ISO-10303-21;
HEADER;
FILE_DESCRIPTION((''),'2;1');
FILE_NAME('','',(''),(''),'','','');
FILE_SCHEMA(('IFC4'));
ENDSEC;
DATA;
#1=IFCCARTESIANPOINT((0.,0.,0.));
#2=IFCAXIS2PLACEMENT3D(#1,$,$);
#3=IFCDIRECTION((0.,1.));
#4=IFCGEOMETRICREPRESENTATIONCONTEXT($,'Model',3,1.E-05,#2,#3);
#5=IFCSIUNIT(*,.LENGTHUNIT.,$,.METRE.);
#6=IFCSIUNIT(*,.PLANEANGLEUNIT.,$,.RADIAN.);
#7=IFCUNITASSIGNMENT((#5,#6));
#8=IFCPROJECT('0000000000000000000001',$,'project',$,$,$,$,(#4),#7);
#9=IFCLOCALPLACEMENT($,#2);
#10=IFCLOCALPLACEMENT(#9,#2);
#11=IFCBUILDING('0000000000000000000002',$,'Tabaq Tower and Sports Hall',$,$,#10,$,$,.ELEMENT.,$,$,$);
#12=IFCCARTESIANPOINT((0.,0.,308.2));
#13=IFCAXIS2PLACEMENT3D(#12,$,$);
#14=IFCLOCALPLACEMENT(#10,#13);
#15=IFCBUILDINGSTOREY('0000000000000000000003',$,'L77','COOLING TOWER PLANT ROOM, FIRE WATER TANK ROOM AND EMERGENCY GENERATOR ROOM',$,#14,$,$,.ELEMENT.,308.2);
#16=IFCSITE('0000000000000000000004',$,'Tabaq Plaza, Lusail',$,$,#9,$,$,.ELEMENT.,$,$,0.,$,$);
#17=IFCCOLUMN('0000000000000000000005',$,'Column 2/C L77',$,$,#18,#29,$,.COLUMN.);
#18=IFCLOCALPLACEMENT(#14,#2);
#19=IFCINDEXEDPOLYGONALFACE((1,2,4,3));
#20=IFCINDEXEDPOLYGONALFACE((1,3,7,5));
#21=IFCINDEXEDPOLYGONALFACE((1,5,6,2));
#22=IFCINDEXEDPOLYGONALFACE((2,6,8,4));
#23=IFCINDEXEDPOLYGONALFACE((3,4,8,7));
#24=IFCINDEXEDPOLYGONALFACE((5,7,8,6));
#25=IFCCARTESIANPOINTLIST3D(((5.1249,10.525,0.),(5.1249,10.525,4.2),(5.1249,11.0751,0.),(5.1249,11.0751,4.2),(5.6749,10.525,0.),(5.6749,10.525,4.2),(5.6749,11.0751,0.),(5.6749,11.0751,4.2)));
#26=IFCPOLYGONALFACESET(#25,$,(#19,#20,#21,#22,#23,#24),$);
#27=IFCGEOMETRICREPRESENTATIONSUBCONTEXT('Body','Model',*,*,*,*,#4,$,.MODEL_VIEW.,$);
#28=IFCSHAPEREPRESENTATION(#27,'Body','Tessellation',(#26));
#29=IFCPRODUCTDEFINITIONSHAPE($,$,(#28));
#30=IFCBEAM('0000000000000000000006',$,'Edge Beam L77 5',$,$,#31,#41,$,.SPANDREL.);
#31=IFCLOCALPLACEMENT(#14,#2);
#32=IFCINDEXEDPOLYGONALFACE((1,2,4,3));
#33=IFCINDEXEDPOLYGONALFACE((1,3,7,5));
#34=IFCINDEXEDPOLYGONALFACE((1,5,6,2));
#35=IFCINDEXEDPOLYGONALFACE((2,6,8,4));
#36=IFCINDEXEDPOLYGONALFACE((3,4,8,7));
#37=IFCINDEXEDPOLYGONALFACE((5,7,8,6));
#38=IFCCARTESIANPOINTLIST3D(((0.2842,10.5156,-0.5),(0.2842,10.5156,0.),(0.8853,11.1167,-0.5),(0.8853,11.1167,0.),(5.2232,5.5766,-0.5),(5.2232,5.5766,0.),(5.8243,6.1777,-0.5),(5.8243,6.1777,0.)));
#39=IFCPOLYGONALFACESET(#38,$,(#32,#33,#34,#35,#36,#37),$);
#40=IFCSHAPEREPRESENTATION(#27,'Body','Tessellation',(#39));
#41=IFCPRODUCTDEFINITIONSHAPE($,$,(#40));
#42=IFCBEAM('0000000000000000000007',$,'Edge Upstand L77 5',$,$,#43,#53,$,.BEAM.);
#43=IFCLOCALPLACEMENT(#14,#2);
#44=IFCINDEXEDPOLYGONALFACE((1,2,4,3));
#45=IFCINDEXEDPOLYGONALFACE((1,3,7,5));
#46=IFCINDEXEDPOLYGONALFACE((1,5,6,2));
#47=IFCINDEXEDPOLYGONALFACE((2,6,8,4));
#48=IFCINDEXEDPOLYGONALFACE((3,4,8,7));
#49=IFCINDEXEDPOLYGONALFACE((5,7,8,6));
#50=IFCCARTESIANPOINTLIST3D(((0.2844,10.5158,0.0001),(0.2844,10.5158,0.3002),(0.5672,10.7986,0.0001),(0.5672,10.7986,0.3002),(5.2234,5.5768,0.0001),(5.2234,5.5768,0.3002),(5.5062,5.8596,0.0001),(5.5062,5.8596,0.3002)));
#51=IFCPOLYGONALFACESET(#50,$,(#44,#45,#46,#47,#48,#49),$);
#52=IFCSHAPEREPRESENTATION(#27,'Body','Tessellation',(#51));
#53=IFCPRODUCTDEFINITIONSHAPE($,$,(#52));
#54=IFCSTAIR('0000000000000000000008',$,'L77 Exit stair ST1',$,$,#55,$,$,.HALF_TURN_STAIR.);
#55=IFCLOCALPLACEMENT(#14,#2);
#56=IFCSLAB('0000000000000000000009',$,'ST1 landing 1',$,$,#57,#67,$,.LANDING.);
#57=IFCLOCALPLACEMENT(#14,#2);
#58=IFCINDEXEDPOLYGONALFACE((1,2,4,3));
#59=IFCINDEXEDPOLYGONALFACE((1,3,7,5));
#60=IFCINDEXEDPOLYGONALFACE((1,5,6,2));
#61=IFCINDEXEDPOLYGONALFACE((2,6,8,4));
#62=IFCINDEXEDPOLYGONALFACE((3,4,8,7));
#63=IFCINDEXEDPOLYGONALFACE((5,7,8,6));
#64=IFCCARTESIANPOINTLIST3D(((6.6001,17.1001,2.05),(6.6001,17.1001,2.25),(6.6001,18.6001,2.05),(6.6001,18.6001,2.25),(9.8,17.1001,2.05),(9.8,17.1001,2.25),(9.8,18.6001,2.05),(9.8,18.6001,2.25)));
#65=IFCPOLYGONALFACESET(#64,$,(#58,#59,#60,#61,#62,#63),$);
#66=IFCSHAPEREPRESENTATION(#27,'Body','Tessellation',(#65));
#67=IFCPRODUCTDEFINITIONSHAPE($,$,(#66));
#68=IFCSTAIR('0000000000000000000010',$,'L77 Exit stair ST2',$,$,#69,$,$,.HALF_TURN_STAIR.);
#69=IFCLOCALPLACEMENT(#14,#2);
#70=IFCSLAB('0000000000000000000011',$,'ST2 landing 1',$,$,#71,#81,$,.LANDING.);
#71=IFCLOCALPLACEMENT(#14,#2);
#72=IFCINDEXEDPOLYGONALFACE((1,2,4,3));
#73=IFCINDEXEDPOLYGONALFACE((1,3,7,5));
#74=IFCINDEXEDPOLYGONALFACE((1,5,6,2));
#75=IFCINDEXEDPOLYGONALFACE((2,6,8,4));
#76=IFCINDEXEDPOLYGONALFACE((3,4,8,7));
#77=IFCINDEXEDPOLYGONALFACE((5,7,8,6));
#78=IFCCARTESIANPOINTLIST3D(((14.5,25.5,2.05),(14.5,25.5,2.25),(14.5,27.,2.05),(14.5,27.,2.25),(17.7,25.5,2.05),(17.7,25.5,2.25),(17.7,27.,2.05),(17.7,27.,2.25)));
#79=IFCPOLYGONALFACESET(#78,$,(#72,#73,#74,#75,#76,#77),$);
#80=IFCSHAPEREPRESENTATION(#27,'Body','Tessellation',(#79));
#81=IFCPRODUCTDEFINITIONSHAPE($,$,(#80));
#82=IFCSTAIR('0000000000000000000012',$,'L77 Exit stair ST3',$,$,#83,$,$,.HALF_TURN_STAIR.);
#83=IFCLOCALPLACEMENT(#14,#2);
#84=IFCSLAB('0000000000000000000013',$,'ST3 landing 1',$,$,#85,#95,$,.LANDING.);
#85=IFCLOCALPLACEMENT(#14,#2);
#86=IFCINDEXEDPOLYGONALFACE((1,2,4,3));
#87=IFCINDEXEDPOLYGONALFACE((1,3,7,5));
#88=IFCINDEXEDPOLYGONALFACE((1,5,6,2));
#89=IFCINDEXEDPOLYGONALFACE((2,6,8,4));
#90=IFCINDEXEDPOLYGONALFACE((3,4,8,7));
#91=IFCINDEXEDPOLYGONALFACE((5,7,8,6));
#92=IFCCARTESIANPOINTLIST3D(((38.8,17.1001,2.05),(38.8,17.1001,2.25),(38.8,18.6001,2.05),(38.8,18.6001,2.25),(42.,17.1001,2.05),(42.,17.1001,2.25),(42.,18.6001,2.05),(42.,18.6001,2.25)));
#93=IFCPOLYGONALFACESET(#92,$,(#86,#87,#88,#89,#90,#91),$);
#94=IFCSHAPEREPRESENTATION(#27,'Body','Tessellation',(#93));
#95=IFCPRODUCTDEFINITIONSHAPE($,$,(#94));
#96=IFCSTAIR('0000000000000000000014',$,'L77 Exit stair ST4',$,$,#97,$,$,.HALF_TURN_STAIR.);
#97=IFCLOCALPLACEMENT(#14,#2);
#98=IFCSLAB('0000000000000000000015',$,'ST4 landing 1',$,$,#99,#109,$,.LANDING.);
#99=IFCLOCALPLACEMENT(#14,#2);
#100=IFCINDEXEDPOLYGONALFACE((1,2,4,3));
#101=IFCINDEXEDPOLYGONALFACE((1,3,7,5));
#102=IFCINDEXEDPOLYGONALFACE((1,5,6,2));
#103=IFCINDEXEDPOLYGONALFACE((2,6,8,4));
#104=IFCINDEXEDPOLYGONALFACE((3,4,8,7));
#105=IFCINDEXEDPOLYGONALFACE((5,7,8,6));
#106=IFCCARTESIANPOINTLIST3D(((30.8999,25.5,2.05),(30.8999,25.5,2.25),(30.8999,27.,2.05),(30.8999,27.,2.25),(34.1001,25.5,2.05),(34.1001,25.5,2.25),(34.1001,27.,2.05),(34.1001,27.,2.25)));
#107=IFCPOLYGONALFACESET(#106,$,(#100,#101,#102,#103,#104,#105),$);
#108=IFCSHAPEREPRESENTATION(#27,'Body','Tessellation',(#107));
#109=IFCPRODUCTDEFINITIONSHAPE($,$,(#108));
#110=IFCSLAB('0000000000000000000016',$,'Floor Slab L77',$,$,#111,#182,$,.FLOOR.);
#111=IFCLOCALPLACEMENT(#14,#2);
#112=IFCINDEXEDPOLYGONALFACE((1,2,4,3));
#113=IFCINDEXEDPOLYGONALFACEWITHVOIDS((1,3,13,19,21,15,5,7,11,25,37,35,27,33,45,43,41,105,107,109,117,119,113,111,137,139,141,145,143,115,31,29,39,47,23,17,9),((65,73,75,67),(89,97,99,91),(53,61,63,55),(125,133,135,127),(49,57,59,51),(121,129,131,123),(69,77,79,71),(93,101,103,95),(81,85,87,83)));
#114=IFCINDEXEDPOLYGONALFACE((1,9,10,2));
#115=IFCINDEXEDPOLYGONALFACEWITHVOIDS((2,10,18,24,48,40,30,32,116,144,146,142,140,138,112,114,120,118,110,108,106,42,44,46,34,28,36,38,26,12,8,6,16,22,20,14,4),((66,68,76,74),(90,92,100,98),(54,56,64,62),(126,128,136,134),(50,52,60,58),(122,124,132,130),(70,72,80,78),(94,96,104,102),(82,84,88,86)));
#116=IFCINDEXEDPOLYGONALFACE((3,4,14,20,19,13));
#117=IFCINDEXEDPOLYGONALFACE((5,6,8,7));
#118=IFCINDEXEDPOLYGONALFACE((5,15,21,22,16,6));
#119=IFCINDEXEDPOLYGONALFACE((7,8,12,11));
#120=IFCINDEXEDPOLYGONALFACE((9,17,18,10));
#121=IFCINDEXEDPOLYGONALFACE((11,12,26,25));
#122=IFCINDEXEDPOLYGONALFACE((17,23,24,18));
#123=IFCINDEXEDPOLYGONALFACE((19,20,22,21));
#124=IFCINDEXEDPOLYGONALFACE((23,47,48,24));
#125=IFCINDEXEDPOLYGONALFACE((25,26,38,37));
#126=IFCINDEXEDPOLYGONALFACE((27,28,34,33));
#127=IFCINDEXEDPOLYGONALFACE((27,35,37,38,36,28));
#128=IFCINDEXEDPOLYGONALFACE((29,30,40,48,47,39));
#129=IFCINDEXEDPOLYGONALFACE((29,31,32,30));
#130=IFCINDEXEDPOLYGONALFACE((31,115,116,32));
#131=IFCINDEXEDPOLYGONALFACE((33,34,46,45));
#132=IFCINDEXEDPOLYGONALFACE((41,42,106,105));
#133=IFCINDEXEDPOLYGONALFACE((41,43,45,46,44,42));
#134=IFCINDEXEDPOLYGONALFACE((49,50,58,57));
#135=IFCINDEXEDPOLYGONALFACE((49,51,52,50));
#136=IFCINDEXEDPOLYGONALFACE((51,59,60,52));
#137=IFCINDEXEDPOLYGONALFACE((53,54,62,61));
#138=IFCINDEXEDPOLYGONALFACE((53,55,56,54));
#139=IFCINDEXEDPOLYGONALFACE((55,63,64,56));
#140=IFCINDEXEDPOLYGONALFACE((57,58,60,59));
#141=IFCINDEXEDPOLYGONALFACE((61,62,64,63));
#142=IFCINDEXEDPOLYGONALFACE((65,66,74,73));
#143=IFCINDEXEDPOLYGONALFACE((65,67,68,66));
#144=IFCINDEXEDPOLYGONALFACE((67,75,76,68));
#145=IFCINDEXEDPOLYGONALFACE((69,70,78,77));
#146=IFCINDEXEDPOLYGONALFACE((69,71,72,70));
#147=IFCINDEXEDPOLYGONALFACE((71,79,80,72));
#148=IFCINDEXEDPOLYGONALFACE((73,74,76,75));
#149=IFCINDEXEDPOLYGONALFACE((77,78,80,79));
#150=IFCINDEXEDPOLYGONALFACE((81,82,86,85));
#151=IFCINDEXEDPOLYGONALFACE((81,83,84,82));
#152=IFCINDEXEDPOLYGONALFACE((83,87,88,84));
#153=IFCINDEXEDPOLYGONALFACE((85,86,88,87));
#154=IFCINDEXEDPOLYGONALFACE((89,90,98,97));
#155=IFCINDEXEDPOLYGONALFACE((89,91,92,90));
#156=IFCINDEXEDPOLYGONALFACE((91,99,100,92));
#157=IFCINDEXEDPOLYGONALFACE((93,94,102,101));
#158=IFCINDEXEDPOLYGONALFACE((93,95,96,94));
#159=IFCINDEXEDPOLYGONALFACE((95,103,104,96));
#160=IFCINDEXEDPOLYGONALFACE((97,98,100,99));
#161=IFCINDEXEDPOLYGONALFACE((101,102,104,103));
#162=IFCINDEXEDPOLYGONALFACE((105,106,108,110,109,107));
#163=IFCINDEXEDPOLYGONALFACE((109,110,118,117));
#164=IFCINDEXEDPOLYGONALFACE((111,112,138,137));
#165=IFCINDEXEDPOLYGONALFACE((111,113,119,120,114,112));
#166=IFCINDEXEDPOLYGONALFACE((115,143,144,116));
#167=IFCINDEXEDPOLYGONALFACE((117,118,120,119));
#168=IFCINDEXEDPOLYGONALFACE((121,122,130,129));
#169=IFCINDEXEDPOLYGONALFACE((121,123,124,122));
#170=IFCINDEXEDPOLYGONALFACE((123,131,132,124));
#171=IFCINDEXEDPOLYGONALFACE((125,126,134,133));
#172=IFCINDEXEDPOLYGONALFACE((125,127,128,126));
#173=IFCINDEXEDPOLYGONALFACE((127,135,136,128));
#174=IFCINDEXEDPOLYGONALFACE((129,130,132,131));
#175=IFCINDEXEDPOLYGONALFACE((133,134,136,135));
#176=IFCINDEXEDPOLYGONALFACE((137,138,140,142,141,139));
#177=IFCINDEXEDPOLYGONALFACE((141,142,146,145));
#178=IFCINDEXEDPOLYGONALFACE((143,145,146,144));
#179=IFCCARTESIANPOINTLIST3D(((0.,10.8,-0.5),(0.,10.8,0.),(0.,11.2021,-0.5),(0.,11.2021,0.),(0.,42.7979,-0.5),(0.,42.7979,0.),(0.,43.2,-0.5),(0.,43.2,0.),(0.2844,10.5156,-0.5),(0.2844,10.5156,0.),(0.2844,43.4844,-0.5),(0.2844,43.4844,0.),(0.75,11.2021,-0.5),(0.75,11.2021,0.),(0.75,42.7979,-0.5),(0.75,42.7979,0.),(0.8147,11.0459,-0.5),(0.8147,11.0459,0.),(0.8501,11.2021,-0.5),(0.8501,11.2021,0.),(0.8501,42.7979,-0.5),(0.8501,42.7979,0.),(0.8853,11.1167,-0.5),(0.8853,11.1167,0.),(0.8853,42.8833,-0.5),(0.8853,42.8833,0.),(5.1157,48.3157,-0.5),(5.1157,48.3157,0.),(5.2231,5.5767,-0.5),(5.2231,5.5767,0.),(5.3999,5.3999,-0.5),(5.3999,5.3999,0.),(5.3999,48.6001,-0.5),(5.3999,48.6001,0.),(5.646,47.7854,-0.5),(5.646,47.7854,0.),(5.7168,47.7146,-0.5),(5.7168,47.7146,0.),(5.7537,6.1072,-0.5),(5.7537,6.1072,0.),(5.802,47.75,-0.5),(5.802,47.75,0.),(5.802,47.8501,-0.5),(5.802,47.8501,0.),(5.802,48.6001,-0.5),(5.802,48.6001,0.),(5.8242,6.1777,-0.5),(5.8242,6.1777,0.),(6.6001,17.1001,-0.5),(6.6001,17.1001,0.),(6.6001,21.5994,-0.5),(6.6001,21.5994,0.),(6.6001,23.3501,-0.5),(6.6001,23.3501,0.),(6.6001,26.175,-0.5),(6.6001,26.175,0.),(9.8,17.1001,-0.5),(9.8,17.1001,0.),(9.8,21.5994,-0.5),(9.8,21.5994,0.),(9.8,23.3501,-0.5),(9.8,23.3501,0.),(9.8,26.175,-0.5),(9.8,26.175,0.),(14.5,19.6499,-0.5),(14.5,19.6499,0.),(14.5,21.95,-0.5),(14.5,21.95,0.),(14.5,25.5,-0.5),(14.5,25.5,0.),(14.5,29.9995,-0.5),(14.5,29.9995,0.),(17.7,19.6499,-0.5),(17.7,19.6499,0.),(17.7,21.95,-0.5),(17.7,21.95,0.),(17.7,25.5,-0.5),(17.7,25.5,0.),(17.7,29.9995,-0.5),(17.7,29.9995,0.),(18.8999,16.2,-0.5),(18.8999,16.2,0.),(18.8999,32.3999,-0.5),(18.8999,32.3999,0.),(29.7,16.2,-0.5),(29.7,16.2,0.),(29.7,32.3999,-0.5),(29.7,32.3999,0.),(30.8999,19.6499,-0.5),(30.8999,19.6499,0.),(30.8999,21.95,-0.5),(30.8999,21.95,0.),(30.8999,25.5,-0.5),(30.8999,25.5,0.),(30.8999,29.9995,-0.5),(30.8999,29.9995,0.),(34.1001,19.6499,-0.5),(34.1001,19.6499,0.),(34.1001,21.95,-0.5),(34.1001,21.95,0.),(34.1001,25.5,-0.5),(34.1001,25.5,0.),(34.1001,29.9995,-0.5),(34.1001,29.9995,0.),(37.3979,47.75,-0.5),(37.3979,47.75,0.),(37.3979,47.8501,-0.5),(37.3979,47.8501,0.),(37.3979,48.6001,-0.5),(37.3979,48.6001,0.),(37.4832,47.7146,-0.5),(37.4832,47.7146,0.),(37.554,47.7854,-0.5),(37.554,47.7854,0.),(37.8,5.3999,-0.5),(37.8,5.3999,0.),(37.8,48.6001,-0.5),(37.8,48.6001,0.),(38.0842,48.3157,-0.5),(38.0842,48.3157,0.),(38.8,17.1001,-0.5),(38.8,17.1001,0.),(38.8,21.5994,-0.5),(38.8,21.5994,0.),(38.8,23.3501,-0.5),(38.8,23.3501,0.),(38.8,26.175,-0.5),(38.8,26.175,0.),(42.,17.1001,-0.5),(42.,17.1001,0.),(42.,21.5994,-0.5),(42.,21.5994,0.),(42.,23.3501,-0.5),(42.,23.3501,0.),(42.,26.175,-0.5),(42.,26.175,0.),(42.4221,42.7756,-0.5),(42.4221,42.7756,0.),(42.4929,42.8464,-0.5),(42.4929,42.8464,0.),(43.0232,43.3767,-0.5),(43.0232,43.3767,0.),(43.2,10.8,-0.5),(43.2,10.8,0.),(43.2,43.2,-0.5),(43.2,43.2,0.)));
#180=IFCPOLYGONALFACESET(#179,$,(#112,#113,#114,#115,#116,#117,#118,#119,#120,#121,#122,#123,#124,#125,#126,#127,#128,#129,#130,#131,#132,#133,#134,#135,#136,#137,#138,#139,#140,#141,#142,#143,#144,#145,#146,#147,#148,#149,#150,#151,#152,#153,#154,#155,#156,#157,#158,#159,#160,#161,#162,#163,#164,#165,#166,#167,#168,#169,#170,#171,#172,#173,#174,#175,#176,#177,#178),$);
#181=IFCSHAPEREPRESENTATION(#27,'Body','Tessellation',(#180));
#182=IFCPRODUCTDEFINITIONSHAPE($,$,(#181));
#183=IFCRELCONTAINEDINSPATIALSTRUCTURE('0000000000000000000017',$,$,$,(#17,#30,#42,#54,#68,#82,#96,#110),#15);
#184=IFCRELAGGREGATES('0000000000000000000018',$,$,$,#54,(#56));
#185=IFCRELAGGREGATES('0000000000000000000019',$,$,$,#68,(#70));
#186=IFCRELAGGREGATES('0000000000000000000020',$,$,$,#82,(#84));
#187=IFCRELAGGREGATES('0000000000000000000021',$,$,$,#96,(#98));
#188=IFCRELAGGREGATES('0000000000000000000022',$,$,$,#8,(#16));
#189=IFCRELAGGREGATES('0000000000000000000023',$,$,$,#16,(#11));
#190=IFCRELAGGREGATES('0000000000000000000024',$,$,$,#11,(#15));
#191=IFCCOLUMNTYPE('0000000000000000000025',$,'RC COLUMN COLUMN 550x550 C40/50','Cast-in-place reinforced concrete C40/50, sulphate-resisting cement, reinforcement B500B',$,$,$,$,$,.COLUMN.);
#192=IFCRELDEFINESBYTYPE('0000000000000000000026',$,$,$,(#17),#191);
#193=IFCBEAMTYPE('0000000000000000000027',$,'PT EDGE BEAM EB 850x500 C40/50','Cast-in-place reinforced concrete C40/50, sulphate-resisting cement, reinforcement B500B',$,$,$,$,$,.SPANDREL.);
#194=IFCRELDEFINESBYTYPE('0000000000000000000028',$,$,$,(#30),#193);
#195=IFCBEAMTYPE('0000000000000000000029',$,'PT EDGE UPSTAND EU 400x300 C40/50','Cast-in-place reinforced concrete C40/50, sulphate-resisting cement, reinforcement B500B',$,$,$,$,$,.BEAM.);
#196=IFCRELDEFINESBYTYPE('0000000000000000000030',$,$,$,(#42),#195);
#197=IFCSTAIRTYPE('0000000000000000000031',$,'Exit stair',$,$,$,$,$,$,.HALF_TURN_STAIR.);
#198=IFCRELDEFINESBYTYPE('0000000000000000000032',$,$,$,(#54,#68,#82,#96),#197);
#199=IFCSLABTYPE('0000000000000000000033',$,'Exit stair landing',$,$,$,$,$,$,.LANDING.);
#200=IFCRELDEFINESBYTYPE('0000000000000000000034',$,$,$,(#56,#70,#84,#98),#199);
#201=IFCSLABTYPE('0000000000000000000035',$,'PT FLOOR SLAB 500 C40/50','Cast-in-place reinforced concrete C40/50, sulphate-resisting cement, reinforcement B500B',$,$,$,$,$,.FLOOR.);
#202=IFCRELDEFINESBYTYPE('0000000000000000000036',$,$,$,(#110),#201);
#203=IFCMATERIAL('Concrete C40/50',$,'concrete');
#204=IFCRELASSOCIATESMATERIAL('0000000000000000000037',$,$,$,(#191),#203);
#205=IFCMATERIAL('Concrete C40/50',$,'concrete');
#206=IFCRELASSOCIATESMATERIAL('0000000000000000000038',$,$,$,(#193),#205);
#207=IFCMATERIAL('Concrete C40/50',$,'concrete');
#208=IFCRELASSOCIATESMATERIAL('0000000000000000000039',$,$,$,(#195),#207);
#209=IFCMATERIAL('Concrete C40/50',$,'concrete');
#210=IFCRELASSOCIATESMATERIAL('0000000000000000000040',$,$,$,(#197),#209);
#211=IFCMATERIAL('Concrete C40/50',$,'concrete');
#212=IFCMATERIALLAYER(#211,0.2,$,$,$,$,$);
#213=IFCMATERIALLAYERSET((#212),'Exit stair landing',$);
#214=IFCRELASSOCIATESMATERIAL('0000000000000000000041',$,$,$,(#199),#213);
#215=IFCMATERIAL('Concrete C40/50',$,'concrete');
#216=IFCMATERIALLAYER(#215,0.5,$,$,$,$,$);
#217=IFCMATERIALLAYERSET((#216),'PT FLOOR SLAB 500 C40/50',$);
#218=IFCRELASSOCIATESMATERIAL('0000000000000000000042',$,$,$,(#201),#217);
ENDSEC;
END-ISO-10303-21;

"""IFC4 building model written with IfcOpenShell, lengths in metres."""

from ifc_helpers import new_model, si_unit, direction, frame, origin, origin_2d, place, context, subcontext, project, spatial, polyline, rectangle, outline, extrude, material, layer, layer_set, material_profile, profile_set, type_object, element, aggregate, save


model = new_model("IFC4")

# Units and contexts
model_context = context("Model", 3, precision=1e-05, world=origin(), true_north=direction((0.0, 1.0)))
body_context = subcontext(model_context, "Body", "Model", "MODEL_VIEW")
ifc_project = project(units=[si_unit("LENGTHUNIT", "METRE"), si_unit("PLANEANGLEUNIT", "RADIAN")], contexts=[model_context])

# Site, building, storey
site_placement = place(None, origin())
site = spatial("IfcSite", under=ifc_project, at=site_placement, Name="Tabaq Plaza, Lusail", CompositionType="ELEMENT", RefElevation=0.0)
building_placement = place(site_placement, origin())
building = spatial("IfcBuilding", under=site, at=building_placement, Name="Tabaq Tower and Sports Hall", CompositionType="ELEMENT")
storey_placement = place(building_placement, frame((0.0, 0.0, 308.2)))
storey = spatial("IfcBuildingStorey", under=building, at=storey_placement, Name="L77", Description="COOLING TOWER PLANT ROOM, FIRE WATER TANK ROOM AND EMERGENCY GENERATOR ROOM", CompositionType="ELEMENT", Elevation=308.2)

# Column
ifc_material_1 = material(Name="Concrete C40/50", Category="concrete")
ifc_material_profile_1 = material_profile(ifc_material_1, rectangle(XDim=0.55, YDim=0.55, at=origin_2d()), Name="COLUMN 550x550")
ifc_profile_set_1 = profile_set([ifc_material_profile_1], Name="Concrete C40/50")
column_type = type_object("IfcColumnType", Name="RC COLUMN COLUMN 550x550 C40/50", Description="Cast-in-place reinforced concrete C40/50, sulphate-resisting cement, reinforcement B500B", PredefinedType="COLUMN", material=ifc_profile_set_1)
column_placement = place(storey_placement, frame((5.3999, 10.8, 0.0), z_axis=(0.0, 0.0, 1.0), x_axis=(1.0, 0.0, 0.0)))
element("IfcColumn", 1, at=column_placement, inside=storey, type_object=column_type, Name="Column 2/C L77", PredefinedType="COLUMN", context=body_context, shape_type="SweptSolid", body=[
    extrude(rectangle(XDim=0.55, YDim=0.55, at=origin_2d()), origin(), (0.0, 0.0, 1.0), 4.2),
])

# Beams
ifc_material_2 = material(Name="Concrete C40/50", Category="concrete")
ifc_material_profile_2 = material_profile(ifc_material_2, rectangle(XDim=0.8501, YDim=0.5, at=origin_2d()), Name="EB 850x500")
ifc_profile_set_2 = profile_set([ifc_material_profile_2], Name="Concrete C40/50")
beam_type_1 = type_object("IfcBeamType", Name="PT EDGE BEAM EB 850x500 C40/50", Description="Cast-in-place reinforced concrete C40/50, sulphate-resisting cement, reinforcement B500B", PredefinedType="SPANDREL", material=ifc_profile_set_2)
beam_1_placement = place(storey_placement, frame((0.5847, 10.8162, -0.25), z_axis=(0.707107, -0.707107, 0.0), x_axis=(0.707107, 0.707107, 0.0)))
element("IfcBeam", 2, at=beam_1_placement, inside=storey, type_object=beam_type_1, Name="Edge Beam L77 5", PredefinedType="SPANDREL", context=body_context, shape_type="SweptSolid", body=[
    extrude(rectangle(XDim=0.8501, YDim=0.5, at=origin_2d()), origin(), (0.0, 0.0, 1.0), 6.9849),
])
ifc_material_3 = material(Name="Concrete C40/50", Category="concrete")
ifc_material_profile_3 = material_profile(ifc_material_3, rectangle(XDim=0.3999, YDim=0.3, at=origin_2d()), Name="EU 400x300")
ifc_profile_set_3 = profile_set([ifc_material_profile_3], Name="Concrete C40/50")
beam_type_2 = type_object("IfcBeamType", Name="PT EDGE UPSTAND EU 400x300 C40/50", Description="Cast-in-place reinforced concrete C40/50, sulphate-resisting cement, reinforcement B500B", PredefinedType="BEAM", material=ifc_profile_set_3)
beam_2_placement = place(storey_placement, frame((0.4258, 10.6572, 0.1501), z_axis=(0.707107, -0.707107, 0.0), x_axis=(0.707107, 0.707107, 0.0)))
element("IfcBeam", 3, at=beam_2_placement, inside=storey, type_object=beam_type_2, Name="Edge Upstand L77 5", PredefinedType="BEAM", context=body_context, shape_type="SweptSolid", body=[
    extrude(rectangle(XDim=0.3999, YDim=0.3, at=origin_2d()), origin(), (0.0, 0.0, 1.0), 6.9849),
])

# Stairs, slabs
ifc_material_4 = material(Name="Concrete C40/50", Category="concrete")
stair_type = type_object("IfcStairType", Name="Exit stair", PredefinedType="HALF_TURN_STAIR", material=ifc_material_4)
stair_1_placement = place(storey_placement, origin())
stair_1 = element("IfcStair", 4, at=stair_1_placement, inside=storey, type_object=stair_type, Name="L77 Exit stair ST1", PredefinedType="HALF_TURN_STAIR")
ifc_material_5 = material(Name="Concrete C40/50", Category="concrete")
ifc_layer_1 = layer(ifc_material_5, 0.2)
ifc_layer_set_1 = layer_set([ifc_layer_1], Name="Exit stair landing")
slab_type_1 = type_object("IfcSlabType", Name="Exit stair landing", PredefinedType="LANDING", material=ifc_layer_set_1)
slab_1_placement = place(storey_placement, frame((0.0, 0.0, 2.05)))
slab_1 = element("IfcSlab", 5, at=slab_1_placement, type_object=slab_type_1, Name="ST1 landing 1", PredefinedType="LANDING", context=body_context, shape_type="SweptSolid", body=[
    extrude(outline(polyline([(6.6001, 18.6001), (6.6001, 17.1001), (9.8, 17.1001), (9.8, 18.6001), (6.6001, 18.6001)])), origin(), (0.0, 0.0, 1.0), 0.2),
])
aggregate(stair_1, [slab_1])
stair_2_placement = place(storey_placement, origin())
stair_2 = element("IfcStair", 6, at=stair_2_placement, inside=storey, type_object=stair_type, Name="L77 Exit stair ST2", PredefinedType="HALF_TURN_STAIR")
slab_2_placement = place(storey_placement, frame((0.0, 0.0, 2.05)))
slab_2 = element("IfcSlab", 7, at=slab_2_placement, type_object=slab_type_1, Name="ST2 landing 1", PredefinedType="LANDING", context=body_context, shape_type="SweptSolid", body=[
    extrude(outline(polyline([(14.5, 27.0), (14.5, 25.5), (17.7, 25.5), (17.7, 27.0), (14.5, 27.0)])), origin(), (0.0, 0.0, 1.0), 0.2),
])
aggregate(stair_2, [slab_2])
stair_3_placement = place(storey_placement, origin())
stair_3 = element("IfcStair", 8, at=stair_3_placement, inside=storey, type_object=stair_type, Name="L77 Exit stair ST3", PredefinedType="HALF_TURN_STAIR")
slab_3_placement = place(storey_placement, frame((0.0, 0.0, 2.05)))
slab_3 = element("IfcSlab", 9, at=slab_3_placement, type_object=slab_type_1, Name="ST3 landing 1", PredefinedType="LANDING", context=body_context, shape_type="SweptSolid", body=[
    extrude(outline(polyline([(38.8, 18.6001), (38.8, 17.1001), (42.0, 17.1001), (42.0, 18.6001), (38.8, 18.6001)])), origin(), (0.0, 0.0, 1.0), 0.2),
])
aggregate(stair_3, [slab_3])
stair_4_placement = place(storey_placement, origin())
stair_4 = element("IfcStair", 10, at=stair_4_placement, inside=storey, type_object=stair_type, Name="L77 Exit stair ST4", PredefinedType="HALF_TURN_STAIR")
slab_4_placement = place(storey_placement, frame((0.0, 0.0, 2.05)))
slab_4 = element("IfcSlab", 11, at=slab_4_placement, type_object=slab_type_1, Name="ST4 landing 1", PredefinedType="LANDING", context=body_context, shape_type="SweptSolid", body=[
    extrude(outline(polyline([(30.8999, 27.0), (30.8999, 25.5), (34.1001, 25.5), (34.1001, 27.0), (30.8999, 27.0)])), origin(), (0.0, 0.0, 1.0), 0.2),
])
aggregate(stair_4, [slab_4])

# Slab
ifc_material_6 = material(Name="Concrete C40/50", Category="concrete")
ifc_layer_2 = layer(ifc_material_6, 0.5)
ifc_layer_set_2 = layer_set([ifc_layer_2], Name="PT FLOOR SLAB 500 C40/50")
slab_type_2 = type_object("IfcSlabType", Name="PT FLOOR SLAB 500 C40/50", Description="Cast-in-place reinforced concrete C40/50, sulphate-resisting cement, reinforcement B500B", PredefinedType="FLOOR", material=ifc_layer_set_2)
slab_5_placement = place(storey_placement, frame((0.0, 0.0, -0.5)))
element("IfcSlab", 12, at=slab_5_placement, inside=storey, type_object=slab_type_2, Name="Floor Slab L77", PredefinedType="FLOOR", context=body_context, shape_type="SweptSolid", body=[
    extrude(outline(polyline([(0.0, 11.2021), (0.0, 10.8), (0.2844, 10.5156), (0.8147, 11.0459), (0.8853, 11.1167), (5.8242, 6.1777), (5.7537, 6.1072), (5.2231, 5.5767), (5.3999, 5.3999), (37.8, 5.3999), (43.2, 10.8), (43.2, 43.2), (43.0232, 43.3767), (42.4929, 42.8464), (42.4221, 42.7756), (37.4832, 47.7146), (37.554, 47.7854), (38.0842, 48.3157), (37.8, 48.6001), (37.3979, 48.6001), (37.3979, 47.8501), (37.3979, 47.75), (5.802, 47.75), (5.802, 47.8501), (5.802, 48.6001), (5.3999, 48.6001), (5.1157, 48.3157), (5.646, 47.7854), (5.7168, 47.7146), (0.8853, 42.8833), (0.2844, 43.4844), (0.0, 43.2), (0.0, 42.7979), (0.75, 42.7979), (0.8501, 42.7979), (0.8501, 11.2021), (0.75, 11.2021), (0.0, 11.2021)]), holes=[polyline([(6.6001, 21.5994), (9.8, 21.5994), (9.8, 17.1001), (6.6001, 17.1001), (6.6001, 21.5994)]), polyline([(38.8, 21.5994), (42.0, 21.5994), (42.0, 17.1001), (38.8, 17.1001), (38.8, 21.5994)]), polyline([(14.5, 21.95), (17.7, 21.95), (17.7, 19.6499), (14.5, 19.6499), (14.5, 21.95)]), polyline([(30.8999, 21.95), (34.1001, 21.95), (34.1001, 19.6499), (30.8999, 19.6499), (30.8999, 21.95)]), polyline([(18.8999, 16.2), (18.8999, 32.3999), (29.7, 32.3999), (29.7, 16.2), (18.8999, 16.2)]), polyline([(6.6001, 26.175), (9.8, 26.175), (9.8, 23.3501), (6.6001, 23.3501), (6.6001, 26.175)]), polyline([(38.8, 26.175), (42.0, 26.175), (42.0, 23.3501), (38.8, 23.3501), (38.8, 26.175)]), polyline([(17.7, 29.9995), (17.7, 25.5), (14.5, 25.5), (14.5, 29.9995), (17.7, 29.9995)]), polyline([(34.1001, 29.9995), (34.1001, 25.5), (30.8999, 25.5), (30.8999, 29.9995), (34.1001, 29.9995)])]), origin(), (0.0, 0.0, 1.0), 0.5),
])

save(model, "model.ifc")
